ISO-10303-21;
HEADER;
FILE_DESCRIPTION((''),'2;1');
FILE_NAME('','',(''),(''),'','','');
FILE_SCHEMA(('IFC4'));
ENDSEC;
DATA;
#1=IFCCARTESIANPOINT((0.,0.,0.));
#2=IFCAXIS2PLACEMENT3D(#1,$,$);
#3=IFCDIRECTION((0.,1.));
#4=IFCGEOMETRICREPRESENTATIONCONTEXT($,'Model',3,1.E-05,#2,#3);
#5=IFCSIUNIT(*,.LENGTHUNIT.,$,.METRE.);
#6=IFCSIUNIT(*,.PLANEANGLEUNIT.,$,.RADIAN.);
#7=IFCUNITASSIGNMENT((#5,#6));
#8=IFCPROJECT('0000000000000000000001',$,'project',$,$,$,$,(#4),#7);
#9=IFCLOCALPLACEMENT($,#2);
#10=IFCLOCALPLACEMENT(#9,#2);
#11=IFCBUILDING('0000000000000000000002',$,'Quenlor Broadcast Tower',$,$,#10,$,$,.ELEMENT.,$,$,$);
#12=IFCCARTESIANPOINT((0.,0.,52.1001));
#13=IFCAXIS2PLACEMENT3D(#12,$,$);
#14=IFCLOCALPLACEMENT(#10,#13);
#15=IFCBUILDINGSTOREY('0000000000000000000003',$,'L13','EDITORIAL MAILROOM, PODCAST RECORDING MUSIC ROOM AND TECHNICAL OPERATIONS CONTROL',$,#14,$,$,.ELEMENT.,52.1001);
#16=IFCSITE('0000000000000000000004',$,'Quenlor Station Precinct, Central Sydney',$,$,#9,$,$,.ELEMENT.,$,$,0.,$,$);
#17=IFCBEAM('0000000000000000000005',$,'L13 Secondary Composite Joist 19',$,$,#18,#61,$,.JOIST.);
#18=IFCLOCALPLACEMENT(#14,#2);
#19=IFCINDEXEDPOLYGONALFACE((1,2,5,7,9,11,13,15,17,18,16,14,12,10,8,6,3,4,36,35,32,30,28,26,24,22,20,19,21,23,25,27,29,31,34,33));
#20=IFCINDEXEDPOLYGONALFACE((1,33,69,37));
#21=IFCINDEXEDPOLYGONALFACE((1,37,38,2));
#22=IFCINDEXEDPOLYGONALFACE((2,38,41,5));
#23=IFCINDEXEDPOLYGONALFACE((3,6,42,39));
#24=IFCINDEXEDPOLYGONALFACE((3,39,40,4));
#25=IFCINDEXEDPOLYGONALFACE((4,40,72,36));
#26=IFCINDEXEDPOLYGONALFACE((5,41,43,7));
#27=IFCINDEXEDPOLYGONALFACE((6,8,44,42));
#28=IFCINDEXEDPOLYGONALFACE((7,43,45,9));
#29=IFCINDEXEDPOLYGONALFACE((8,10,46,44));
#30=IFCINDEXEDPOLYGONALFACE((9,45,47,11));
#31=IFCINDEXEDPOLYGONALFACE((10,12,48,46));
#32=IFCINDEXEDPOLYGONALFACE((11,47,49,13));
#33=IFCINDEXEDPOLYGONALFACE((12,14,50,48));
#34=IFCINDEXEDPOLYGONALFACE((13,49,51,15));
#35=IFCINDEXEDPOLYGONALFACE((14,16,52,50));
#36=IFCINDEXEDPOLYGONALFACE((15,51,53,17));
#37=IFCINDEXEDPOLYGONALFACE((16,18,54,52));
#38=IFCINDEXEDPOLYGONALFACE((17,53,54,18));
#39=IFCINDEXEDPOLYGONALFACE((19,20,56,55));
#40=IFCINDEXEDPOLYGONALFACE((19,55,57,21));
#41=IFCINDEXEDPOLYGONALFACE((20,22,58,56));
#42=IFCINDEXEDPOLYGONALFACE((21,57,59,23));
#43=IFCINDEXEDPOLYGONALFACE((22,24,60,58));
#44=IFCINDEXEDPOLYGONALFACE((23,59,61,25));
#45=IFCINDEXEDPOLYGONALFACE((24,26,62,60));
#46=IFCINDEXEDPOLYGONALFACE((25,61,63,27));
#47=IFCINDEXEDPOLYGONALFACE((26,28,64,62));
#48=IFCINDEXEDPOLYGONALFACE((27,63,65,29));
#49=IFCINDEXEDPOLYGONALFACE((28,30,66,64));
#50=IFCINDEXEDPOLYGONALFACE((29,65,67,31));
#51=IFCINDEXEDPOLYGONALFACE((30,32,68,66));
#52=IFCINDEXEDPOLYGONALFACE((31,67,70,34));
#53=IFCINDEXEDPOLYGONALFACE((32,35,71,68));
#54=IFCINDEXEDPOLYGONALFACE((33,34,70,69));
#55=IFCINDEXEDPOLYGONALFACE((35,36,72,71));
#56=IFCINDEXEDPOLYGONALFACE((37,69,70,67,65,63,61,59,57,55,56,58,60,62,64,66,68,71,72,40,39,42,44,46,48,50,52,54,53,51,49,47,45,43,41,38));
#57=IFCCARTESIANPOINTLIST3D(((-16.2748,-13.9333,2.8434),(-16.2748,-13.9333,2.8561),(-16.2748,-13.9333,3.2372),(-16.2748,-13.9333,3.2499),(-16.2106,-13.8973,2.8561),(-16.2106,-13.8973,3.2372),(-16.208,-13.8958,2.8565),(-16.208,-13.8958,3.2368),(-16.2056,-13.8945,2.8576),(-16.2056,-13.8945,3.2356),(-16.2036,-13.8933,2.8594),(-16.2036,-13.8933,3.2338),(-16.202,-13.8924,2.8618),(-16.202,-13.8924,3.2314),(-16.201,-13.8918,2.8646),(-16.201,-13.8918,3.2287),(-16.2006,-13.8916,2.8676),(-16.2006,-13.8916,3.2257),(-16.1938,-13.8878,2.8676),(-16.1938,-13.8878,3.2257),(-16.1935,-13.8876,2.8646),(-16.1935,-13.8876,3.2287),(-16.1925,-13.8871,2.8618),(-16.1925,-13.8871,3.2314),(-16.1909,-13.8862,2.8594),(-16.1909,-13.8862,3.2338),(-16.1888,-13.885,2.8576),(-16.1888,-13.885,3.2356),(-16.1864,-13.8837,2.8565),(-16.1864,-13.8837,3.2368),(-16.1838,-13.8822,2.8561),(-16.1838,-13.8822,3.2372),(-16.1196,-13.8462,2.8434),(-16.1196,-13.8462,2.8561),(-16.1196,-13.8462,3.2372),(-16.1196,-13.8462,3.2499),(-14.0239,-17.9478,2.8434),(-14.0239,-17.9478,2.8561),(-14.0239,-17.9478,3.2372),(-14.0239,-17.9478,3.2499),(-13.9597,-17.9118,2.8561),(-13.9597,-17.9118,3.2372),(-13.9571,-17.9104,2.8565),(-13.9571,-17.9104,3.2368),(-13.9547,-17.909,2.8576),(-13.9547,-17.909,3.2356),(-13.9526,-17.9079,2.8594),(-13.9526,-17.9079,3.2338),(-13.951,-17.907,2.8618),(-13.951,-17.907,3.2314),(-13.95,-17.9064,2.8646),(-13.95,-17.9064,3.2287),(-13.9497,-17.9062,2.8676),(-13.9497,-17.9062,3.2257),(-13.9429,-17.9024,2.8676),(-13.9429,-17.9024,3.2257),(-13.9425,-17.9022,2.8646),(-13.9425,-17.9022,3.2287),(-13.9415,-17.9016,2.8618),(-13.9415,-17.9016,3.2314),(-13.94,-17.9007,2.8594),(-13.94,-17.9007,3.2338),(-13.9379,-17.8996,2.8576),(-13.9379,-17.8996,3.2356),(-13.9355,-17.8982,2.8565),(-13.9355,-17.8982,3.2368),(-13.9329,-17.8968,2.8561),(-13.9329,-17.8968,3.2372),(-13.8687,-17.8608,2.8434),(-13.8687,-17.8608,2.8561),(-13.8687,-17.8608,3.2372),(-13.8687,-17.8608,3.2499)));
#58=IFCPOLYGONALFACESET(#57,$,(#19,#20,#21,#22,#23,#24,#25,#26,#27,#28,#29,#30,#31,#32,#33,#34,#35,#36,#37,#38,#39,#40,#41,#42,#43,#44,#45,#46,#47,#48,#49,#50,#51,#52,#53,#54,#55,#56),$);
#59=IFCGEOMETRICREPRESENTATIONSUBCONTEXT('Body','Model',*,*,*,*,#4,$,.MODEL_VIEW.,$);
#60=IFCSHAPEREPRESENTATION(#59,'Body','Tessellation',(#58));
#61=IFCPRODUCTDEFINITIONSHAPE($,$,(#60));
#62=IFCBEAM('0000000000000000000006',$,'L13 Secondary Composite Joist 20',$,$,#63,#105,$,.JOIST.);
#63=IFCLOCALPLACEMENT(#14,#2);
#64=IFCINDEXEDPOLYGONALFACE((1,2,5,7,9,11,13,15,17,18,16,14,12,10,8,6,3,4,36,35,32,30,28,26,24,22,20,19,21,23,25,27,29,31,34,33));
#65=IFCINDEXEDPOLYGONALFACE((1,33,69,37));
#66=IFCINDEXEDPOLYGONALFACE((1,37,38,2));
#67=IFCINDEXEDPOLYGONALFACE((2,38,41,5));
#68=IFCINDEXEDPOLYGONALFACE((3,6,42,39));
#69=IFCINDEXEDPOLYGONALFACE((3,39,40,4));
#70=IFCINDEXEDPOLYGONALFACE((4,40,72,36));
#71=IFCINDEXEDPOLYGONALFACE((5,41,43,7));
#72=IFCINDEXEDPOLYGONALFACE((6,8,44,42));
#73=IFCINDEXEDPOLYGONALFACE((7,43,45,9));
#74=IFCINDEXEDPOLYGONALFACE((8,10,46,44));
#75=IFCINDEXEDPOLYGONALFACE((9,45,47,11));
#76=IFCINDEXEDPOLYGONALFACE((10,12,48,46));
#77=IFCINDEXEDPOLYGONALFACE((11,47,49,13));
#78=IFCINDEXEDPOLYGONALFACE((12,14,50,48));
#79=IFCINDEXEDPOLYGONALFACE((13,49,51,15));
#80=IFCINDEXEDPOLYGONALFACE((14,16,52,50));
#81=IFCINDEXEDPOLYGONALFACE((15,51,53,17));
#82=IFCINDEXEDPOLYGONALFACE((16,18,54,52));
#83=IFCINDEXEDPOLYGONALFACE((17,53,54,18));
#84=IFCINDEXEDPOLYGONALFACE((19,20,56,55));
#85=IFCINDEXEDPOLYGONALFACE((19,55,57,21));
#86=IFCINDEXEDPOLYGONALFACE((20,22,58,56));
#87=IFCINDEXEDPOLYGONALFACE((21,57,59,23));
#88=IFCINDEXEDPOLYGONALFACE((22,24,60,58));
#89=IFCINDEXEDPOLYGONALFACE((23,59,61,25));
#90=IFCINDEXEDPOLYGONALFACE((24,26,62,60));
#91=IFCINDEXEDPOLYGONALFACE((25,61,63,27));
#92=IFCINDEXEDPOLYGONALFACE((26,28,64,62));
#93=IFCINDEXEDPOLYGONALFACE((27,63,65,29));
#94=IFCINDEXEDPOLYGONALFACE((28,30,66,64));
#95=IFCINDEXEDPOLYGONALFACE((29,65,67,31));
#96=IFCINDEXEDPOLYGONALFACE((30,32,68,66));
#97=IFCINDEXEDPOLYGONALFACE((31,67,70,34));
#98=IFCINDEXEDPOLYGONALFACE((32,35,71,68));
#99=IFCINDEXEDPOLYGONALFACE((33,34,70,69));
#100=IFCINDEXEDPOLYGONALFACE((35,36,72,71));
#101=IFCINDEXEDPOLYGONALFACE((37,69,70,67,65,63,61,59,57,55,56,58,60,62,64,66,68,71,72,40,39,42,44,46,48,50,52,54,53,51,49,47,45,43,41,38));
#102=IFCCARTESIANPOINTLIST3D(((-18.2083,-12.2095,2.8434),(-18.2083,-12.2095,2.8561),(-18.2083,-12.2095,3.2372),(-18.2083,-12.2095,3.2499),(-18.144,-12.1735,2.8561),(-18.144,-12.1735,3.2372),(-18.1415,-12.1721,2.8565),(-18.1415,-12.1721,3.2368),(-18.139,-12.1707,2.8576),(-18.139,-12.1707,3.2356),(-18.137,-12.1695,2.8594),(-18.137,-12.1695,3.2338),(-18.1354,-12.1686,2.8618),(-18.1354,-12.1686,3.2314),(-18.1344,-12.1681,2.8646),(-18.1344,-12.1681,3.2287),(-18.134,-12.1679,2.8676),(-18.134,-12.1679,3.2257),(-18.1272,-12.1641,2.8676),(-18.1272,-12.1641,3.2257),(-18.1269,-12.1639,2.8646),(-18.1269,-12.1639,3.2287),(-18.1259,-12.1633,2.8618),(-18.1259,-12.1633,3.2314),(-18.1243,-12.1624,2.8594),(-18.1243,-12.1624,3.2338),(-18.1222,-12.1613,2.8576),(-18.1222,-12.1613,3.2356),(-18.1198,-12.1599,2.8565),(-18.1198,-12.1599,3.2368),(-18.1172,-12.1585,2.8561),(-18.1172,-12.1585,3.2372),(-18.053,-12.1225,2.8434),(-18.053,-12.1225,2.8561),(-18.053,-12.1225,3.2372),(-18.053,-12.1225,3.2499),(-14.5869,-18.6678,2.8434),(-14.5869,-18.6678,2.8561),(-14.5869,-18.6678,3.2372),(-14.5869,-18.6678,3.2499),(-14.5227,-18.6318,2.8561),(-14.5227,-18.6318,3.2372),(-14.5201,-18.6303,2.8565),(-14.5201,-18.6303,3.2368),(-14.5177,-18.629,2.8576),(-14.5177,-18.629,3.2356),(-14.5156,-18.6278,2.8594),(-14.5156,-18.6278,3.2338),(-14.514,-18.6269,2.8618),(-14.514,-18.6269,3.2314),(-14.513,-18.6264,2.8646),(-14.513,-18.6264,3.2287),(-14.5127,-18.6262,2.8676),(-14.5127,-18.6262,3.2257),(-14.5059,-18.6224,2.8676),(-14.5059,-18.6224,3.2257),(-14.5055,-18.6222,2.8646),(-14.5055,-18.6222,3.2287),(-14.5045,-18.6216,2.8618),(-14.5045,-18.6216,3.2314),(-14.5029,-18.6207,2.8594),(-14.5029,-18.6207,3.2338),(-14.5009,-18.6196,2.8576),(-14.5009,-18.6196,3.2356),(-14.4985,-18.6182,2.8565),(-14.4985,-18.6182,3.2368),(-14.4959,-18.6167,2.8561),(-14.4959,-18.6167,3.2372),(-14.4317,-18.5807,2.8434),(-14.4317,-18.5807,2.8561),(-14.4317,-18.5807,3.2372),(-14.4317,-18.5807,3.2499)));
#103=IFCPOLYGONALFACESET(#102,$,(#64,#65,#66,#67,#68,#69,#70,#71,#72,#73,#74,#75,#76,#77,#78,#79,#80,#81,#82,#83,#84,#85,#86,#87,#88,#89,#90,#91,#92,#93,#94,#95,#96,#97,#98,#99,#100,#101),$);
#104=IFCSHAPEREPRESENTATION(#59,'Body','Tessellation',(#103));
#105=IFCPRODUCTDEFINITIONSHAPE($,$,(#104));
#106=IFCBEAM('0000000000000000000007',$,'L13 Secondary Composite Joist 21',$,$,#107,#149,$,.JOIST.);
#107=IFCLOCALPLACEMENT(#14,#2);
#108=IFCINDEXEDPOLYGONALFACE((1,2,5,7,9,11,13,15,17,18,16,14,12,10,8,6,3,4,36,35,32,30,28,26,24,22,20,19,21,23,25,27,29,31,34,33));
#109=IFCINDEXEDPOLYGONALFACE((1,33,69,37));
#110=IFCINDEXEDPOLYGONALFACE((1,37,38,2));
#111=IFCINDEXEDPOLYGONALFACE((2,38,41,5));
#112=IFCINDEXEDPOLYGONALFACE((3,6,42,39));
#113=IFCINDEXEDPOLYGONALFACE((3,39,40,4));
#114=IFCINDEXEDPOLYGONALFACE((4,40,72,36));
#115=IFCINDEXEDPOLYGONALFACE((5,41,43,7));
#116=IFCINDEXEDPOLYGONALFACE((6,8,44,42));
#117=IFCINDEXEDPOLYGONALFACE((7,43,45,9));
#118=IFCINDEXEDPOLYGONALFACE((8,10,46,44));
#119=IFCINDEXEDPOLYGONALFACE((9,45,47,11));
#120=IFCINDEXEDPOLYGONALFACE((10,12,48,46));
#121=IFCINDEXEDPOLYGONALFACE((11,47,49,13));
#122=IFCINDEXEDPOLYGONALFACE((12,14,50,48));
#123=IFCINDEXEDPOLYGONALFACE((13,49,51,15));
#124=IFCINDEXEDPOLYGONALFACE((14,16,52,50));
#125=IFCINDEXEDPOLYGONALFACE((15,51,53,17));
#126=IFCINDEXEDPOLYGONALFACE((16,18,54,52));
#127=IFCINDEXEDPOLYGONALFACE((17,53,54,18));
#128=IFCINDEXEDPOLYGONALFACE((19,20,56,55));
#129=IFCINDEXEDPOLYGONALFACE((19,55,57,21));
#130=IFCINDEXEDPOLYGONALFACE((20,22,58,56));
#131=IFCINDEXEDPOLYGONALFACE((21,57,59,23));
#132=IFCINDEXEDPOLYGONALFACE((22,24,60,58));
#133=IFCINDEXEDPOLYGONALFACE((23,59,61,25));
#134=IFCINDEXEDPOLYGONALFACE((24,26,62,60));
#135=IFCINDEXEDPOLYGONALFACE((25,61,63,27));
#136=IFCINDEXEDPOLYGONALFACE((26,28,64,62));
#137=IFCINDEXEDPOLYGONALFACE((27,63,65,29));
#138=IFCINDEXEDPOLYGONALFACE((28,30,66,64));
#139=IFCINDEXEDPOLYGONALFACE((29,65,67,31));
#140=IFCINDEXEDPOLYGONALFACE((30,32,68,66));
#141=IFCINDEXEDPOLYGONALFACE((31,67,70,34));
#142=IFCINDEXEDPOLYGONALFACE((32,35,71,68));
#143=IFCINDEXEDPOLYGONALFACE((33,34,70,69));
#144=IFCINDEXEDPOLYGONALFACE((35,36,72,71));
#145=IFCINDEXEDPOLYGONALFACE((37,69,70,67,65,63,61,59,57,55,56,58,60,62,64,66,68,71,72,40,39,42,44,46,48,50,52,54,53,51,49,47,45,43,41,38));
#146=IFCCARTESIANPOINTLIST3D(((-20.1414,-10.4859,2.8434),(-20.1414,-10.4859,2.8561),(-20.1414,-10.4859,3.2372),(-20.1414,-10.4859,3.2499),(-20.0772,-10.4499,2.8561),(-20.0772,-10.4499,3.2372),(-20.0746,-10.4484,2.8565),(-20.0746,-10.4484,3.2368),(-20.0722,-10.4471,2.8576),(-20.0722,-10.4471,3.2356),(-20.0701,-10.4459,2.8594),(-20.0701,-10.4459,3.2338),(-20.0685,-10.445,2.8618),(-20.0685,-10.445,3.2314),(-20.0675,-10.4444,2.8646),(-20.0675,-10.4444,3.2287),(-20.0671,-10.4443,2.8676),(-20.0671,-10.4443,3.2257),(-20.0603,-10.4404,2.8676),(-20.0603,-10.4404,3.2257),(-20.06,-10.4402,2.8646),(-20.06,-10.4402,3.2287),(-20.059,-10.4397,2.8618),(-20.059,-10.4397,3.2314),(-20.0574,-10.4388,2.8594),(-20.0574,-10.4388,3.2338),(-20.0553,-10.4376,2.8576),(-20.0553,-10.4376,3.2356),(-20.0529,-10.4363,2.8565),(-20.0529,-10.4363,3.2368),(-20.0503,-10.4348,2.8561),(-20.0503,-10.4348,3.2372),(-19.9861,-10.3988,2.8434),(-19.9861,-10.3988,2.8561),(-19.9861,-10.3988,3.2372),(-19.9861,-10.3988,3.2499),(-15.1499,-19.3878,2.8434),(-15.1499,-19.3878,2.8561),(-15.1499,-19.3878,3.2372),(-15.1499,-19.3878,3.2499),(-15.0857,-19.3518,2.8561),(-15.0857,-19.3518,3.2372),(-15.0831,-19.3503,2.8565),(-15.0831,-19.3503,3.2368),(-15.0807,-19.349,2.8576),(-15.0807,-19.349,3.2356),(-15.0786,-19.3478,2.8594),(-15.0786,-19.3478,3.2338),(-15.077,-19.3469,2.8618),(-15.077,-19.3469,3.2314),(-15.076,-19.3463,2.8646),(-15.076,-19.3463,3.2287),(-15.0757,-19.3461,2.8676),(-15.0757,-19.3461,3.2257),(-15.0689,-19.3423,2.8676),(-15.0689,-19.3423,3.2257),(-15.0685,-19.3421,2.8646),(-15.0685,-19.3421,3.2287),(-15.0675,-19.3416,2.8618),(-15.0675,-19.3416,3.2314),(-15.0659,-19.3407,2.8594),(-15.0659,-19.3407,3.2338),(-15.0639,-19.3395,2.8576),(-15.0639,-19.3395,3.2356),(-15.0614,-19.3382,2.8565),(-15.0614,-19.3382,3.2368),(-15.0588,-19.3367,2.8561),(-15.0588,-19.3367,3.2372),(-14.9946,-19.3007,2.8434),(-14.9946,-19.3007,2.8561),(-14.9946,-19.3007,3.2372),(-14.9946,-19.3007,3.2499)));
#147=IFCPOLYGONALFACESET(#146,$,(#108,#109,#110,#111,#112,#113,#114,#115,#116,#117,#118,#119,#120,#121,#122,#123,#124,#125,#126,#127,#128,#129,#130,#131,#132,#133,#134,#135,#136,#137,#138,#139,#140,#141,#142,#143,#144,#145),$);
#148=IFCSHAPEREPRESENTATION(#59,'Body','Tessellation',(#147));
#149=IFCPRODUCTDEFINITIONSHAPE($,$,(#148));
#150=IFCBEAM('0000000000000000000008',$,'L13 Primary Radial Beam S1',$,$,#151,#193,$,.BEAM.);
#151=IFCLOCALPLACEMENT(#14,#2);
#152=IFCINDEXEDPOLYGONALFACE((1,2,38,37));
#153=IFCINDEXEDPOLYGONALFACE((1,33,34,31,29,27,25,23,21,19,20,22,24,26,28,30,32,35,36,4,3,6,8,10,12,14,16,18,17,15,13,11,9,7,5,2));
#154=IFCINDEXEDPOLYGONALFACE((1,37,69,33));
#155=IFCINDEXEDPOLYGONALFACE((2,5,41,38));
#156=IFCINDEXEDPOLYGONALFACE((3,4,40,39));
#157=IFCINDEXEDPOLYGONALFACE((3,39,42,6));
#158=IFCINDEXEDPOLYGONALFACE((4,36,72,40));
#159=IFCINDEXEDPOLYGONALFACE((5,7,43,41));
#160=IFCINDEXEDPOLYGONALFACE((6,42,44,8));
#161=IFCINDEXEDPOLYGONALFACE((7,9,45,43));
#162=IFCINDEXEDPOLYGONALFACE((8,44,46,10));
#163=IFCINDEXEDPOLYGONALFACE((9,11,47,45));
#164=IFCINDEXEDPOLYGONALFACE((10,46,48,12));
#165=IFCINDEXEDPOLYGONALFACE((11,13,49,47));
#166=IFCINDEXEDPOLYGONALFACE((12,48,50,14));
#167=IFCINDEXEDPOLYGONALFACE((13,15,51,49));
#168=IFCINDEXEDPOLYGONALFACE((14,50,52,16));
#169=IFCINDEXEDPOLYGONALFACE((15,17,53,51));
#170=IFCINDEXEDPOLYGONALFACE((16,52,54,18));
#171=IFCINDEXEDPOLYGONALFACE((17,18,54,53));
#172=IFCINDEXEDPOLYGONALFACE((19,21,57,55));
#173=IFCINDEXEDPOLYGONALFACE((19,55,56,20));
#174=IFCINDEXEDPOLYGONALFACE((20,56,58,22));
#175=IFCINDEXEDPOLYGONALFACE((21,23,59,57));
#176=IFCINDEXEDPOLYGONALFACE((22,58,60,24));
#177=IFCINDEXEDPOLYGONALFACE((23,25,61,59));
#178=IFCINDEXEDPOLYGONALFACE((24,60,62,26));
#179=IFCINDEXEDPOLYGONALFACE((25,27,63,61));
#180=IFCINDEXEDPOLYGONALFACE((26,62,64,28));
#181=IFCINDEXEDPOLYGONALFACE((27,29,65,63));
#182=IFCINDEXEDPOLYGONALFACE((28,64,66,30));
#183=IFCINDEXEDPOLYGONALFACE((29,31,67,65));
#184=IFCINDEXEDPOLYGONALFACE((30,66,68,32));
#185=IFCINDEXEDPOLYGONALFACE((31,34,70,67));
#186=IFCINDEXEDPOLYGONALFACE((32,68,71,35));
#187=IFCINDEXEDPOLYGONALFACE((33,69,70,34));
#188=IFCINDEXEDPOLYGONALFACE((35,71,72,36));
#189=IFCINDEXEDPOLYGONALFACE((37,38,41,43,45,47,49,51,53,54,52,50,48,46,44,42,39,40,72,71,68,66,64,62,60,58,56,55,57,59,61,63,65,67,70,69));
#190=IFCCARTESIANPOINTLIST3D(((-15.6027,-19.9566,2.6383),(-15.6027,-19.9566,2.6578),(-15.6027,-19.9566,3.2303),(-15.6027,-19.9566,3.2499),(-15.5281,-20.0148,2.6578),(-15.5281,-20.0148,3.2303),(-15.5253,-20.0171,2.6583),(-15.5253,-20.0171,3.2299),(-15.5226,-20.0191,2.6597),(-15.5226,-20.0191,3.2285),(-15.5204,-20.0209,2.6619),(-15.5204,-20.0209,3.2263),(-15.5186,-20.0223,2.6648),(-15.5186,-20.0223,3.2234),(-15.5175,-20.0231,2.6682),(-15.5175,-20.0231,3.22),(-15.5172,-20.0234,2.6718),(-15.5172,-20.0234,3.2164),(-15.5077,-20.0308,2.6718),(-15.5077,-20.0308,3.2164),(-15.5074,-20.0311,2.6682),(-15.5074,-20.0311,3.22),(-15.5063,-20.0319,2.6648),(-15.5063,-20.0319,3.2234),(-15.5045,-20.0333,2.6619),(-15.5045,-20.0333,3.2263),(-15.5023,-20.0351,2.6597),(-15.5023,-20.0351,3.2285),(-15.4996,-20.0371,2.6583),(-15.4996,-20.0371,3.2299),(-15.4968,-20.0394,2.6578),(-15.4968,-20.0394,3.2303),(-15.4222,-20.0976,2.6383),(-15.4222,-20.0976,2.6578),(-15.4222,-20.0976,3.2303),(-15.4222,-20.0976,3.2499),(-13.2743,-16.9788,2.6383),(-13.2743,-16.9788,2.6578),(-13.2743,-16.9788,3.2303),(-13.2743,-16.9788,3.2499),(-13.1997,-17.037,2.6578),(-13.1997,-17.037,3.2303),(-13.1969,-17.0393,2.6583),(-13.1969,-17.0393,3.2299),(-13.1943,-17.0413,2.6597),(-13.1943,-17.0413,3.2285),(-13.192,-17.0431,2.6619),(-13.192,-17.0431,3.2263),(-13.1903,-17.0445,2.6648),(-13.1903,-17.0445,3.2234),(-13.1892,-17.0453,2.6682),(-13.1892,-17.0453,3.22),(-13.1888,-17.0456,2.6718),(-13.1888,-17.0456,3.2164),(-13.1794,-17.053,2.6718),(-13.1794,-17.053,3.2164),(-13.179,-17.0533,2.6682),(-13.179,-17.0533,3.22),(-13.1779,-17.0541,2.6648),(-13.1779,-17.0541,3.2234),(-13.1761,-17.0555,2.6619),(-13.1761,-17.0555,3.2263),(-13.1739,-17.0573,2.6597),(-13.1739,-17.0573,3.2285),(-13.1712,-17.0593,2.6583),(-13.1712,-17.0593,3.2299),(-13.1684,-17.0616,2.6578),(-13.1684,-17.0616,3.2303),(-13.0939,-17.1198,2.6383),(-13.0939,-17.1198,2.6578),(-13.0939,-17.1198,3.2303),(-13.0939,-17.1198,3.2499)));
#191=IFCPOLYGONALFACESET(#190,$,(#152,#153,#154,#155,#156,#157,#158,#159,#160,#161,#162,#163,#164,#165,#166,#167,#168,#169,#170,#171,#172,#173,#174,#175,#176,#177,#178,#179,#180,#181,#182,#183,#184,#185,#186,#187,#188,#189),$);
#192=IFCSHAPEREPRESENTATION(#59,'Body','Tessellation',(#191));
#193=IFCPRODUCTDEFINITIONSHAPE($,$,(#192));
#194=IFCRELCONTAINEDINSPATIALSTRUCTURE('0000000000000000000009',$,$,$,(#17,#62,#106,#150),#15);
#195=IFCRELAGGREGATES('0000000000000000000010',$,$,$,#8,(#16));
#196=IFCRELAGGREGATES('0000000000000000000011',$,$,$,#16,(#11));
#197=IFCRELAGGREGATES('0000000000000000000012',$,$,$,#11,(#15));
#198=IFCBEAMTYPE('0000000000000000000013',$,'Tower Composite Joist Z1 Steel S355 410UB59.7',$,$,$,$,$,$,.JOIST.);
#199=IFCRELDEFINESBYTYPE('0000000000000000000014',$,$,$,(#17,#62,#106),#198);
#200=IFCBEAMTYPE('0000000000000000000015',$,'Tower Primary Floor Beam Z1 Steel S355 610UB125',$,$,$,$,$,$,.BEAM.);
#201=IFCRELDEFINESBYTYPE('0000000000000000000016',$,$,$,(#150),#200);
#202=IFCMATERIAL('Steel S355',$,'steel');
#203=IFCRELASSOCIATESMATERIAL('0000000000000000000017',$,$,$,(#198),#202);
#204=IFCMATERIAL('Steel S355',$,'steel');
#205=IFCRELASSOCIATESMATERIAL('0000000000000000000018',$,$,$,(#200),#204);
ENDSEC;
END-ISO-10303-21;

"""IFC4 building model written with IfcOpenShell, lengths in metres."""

from ifc_helpers import new_model, si_unit, direction, frame, origin, origin_2d, place, context, subcontext, project, spatial, i_section, extrude, material, material_profile, profile_set, type_object, element, save


model = new_model("IFC4")

# Units and contexts
model_context = context("Model", 3, precision=1e-05, world=origin(), true_north=direction((0.0, 1.0)))
body_context = subcontext(model_context, "Body", "Model", "MODEL_VIEW")
ifc_project = project(units=[si_unit("LENGTHUNIT", "METRE"), si_unit("PLANEANGLEUNIT", "RADIAN")], contexts=[model_context])

# Site, building, storey
site_placement = place(None, origin())
site = spatial("IfcSite", under=ifc_project, at=site_placement, Name="Quenlor Station Precinct, Central Sydney", CompositionType="ELEMENT", RefElevation=0.0)
building_placement = place(site_placement, origin())
building = spatial("IfcBuilding", under=site, at=building_placement, Name="Quenlor Broadcast Tower", CompositionType="ELEMENT")
storey_placement = place(building_placement, frame((0.0, 0.0, 52.1001)))
storey = spatial("IfcBuildingStorey", under=building, at=storey_placement, Name="L13", Description="EDITORIAL MAILROOM, PODCAST RECORDING MUSIC ROOM AND TECHNICAL OPERATIONS CONTROL", CompositionType="ELEMENT", Elevation=52.1001)

# Beams
ifc_material_1 = material(Name="Steel S355", Category="steel")
ifc_material_profile_1 = material_profile(ifc_material_1, i_section(OverallWidth=0.178, OverallDepth=0.4065, WebThickness=0.0078, FlangeThickness=0.0127, FilletRadius=0.0115, at=origin_2d()))
ifc_profile_set_1 = profile_set([ifc_material_profile_1], Name="Steel S355 410UB59.7")
beam_type_1 = type_object("IfcBeamType", Name="Tower Composite Joist Z1 Steel S355 410UB59.7", PredefinedType="JOIST", material=ifc_profile_set_1)
beam_1_placement = place(storey_placement, frame((-13.9463, -17.9043, 3.0466), z_axis=(-0.489062, 0.872249, 0.0), x_axis=(-0.872249, -0.489062, 0.0)))
element("IfcBeam", 1, at=beam_1_placement, inside=storey, type_object=beam_type_1, Name="L13 Secondary Composite Joist 19", PredefinedType="JOIST", context=body_context, shape_type="SweptSolid", body=[
    extrude(i_section(OverallWidth=0.178, OverallDepth=0.4065, WebThickness=0.0078, FlangeThickness=0.0127, FilletRadius=0.0115, at=origin_2d()), origin(), (0.0, 0.0, 1.0), 4.6025),
])
beam_2_placement = place(storey_placement, frame((-14.5093, -18.6243, 3.0466), z_axis=(-0.489088, 0.872234, 0.0), x_axis=(-0.872234, -0.489088, 0.0)))
element("IfcBeam", 2, at=beam_2_placement, inside=storey, type_object=beam_type_1, Name="L13 Secondary Composite Joist 20", PredefinedType="JOIST", context=body_context, shape_type="SweptSolid", body=[
    extrude(i_section(OverallWidth=0.178, OverallDepth=0.4065, WebThickness=0.0078, FlangeThickness=0.0127, FilletRadius=0.0115, at=origin_2d()), origin(), (0.0, 0.0, 1.0), 7.4043),
])
beam_3_placement = place(storey_placement, frame((-15.0723, -19.3442, 3.0466), z_axis=(-0.489082, 0.872238, 0.0), x_axis=(-0.872238, -0.489082, 0.0)))
element("IfcBeam", 3, at=beam_3_placement, inside=storey, type_object=beam_type_1, Name="L13 Secondary Composite Joist 21", PredefinedType="JOIST", context=body_context, shape_type="SweptSolid", body=[
    extrude(i_section(OverallWidth=0.178, OverallDepth=0.4065, WebThickness=0.0078, FlangeThickness=0.0127, FilletRadius=0.0115, at=origin_2d()), origin(), (0.0, 0.0, 1.0), 10.2058),
])
ifc_material_2 = material(Name="Steel S355", Category="steel")
ifc_material_profile_2 = material_profile(ifc_material_2, i_section(OverallWidth=0.229, OverallDepth=0.6116, WebThickness=0.012, FlangeThickness=0.0195, FilletRadius=0.0139, at=origin_2d()))
ifc_profile_set_2 = profile_set([ifc_material_profile_2], Name="Steel S355 610UB125")
beam_type_2 = type_object("IfcBeamType", Name="Tower Primary Floor Beam Z1 Steel S355 610UB125", PredefinedType="BEAM", material=ifc_profile_set_2)
beam_4_placement = place(storey_placement, frame((-15.5125, -20.0271, 2.9441), z_axis=(0.615969, 0.787771, 0.0), x_axis=(-0.787771, 0.615969, 0.0)))
element("IfcBeam", 4, at=beam_4_placement, inside=storey, type_object=beam_type_2, Name="L13 Primary Radial Beam S1", PredefinedType="BEAM", context=body_context, shape_type="SweptSolid", body=[
    extrude(i_section(OverallWidth=0.229, OverallDepth=0.6116, WebThickness=0.012, FlangeThickness=0.0195, FilletRadius=0.0139, at=origin_2d()), origin(), (0.0, 0.0, 1.0), 3.78),
])

save(model, "model.ifc")
